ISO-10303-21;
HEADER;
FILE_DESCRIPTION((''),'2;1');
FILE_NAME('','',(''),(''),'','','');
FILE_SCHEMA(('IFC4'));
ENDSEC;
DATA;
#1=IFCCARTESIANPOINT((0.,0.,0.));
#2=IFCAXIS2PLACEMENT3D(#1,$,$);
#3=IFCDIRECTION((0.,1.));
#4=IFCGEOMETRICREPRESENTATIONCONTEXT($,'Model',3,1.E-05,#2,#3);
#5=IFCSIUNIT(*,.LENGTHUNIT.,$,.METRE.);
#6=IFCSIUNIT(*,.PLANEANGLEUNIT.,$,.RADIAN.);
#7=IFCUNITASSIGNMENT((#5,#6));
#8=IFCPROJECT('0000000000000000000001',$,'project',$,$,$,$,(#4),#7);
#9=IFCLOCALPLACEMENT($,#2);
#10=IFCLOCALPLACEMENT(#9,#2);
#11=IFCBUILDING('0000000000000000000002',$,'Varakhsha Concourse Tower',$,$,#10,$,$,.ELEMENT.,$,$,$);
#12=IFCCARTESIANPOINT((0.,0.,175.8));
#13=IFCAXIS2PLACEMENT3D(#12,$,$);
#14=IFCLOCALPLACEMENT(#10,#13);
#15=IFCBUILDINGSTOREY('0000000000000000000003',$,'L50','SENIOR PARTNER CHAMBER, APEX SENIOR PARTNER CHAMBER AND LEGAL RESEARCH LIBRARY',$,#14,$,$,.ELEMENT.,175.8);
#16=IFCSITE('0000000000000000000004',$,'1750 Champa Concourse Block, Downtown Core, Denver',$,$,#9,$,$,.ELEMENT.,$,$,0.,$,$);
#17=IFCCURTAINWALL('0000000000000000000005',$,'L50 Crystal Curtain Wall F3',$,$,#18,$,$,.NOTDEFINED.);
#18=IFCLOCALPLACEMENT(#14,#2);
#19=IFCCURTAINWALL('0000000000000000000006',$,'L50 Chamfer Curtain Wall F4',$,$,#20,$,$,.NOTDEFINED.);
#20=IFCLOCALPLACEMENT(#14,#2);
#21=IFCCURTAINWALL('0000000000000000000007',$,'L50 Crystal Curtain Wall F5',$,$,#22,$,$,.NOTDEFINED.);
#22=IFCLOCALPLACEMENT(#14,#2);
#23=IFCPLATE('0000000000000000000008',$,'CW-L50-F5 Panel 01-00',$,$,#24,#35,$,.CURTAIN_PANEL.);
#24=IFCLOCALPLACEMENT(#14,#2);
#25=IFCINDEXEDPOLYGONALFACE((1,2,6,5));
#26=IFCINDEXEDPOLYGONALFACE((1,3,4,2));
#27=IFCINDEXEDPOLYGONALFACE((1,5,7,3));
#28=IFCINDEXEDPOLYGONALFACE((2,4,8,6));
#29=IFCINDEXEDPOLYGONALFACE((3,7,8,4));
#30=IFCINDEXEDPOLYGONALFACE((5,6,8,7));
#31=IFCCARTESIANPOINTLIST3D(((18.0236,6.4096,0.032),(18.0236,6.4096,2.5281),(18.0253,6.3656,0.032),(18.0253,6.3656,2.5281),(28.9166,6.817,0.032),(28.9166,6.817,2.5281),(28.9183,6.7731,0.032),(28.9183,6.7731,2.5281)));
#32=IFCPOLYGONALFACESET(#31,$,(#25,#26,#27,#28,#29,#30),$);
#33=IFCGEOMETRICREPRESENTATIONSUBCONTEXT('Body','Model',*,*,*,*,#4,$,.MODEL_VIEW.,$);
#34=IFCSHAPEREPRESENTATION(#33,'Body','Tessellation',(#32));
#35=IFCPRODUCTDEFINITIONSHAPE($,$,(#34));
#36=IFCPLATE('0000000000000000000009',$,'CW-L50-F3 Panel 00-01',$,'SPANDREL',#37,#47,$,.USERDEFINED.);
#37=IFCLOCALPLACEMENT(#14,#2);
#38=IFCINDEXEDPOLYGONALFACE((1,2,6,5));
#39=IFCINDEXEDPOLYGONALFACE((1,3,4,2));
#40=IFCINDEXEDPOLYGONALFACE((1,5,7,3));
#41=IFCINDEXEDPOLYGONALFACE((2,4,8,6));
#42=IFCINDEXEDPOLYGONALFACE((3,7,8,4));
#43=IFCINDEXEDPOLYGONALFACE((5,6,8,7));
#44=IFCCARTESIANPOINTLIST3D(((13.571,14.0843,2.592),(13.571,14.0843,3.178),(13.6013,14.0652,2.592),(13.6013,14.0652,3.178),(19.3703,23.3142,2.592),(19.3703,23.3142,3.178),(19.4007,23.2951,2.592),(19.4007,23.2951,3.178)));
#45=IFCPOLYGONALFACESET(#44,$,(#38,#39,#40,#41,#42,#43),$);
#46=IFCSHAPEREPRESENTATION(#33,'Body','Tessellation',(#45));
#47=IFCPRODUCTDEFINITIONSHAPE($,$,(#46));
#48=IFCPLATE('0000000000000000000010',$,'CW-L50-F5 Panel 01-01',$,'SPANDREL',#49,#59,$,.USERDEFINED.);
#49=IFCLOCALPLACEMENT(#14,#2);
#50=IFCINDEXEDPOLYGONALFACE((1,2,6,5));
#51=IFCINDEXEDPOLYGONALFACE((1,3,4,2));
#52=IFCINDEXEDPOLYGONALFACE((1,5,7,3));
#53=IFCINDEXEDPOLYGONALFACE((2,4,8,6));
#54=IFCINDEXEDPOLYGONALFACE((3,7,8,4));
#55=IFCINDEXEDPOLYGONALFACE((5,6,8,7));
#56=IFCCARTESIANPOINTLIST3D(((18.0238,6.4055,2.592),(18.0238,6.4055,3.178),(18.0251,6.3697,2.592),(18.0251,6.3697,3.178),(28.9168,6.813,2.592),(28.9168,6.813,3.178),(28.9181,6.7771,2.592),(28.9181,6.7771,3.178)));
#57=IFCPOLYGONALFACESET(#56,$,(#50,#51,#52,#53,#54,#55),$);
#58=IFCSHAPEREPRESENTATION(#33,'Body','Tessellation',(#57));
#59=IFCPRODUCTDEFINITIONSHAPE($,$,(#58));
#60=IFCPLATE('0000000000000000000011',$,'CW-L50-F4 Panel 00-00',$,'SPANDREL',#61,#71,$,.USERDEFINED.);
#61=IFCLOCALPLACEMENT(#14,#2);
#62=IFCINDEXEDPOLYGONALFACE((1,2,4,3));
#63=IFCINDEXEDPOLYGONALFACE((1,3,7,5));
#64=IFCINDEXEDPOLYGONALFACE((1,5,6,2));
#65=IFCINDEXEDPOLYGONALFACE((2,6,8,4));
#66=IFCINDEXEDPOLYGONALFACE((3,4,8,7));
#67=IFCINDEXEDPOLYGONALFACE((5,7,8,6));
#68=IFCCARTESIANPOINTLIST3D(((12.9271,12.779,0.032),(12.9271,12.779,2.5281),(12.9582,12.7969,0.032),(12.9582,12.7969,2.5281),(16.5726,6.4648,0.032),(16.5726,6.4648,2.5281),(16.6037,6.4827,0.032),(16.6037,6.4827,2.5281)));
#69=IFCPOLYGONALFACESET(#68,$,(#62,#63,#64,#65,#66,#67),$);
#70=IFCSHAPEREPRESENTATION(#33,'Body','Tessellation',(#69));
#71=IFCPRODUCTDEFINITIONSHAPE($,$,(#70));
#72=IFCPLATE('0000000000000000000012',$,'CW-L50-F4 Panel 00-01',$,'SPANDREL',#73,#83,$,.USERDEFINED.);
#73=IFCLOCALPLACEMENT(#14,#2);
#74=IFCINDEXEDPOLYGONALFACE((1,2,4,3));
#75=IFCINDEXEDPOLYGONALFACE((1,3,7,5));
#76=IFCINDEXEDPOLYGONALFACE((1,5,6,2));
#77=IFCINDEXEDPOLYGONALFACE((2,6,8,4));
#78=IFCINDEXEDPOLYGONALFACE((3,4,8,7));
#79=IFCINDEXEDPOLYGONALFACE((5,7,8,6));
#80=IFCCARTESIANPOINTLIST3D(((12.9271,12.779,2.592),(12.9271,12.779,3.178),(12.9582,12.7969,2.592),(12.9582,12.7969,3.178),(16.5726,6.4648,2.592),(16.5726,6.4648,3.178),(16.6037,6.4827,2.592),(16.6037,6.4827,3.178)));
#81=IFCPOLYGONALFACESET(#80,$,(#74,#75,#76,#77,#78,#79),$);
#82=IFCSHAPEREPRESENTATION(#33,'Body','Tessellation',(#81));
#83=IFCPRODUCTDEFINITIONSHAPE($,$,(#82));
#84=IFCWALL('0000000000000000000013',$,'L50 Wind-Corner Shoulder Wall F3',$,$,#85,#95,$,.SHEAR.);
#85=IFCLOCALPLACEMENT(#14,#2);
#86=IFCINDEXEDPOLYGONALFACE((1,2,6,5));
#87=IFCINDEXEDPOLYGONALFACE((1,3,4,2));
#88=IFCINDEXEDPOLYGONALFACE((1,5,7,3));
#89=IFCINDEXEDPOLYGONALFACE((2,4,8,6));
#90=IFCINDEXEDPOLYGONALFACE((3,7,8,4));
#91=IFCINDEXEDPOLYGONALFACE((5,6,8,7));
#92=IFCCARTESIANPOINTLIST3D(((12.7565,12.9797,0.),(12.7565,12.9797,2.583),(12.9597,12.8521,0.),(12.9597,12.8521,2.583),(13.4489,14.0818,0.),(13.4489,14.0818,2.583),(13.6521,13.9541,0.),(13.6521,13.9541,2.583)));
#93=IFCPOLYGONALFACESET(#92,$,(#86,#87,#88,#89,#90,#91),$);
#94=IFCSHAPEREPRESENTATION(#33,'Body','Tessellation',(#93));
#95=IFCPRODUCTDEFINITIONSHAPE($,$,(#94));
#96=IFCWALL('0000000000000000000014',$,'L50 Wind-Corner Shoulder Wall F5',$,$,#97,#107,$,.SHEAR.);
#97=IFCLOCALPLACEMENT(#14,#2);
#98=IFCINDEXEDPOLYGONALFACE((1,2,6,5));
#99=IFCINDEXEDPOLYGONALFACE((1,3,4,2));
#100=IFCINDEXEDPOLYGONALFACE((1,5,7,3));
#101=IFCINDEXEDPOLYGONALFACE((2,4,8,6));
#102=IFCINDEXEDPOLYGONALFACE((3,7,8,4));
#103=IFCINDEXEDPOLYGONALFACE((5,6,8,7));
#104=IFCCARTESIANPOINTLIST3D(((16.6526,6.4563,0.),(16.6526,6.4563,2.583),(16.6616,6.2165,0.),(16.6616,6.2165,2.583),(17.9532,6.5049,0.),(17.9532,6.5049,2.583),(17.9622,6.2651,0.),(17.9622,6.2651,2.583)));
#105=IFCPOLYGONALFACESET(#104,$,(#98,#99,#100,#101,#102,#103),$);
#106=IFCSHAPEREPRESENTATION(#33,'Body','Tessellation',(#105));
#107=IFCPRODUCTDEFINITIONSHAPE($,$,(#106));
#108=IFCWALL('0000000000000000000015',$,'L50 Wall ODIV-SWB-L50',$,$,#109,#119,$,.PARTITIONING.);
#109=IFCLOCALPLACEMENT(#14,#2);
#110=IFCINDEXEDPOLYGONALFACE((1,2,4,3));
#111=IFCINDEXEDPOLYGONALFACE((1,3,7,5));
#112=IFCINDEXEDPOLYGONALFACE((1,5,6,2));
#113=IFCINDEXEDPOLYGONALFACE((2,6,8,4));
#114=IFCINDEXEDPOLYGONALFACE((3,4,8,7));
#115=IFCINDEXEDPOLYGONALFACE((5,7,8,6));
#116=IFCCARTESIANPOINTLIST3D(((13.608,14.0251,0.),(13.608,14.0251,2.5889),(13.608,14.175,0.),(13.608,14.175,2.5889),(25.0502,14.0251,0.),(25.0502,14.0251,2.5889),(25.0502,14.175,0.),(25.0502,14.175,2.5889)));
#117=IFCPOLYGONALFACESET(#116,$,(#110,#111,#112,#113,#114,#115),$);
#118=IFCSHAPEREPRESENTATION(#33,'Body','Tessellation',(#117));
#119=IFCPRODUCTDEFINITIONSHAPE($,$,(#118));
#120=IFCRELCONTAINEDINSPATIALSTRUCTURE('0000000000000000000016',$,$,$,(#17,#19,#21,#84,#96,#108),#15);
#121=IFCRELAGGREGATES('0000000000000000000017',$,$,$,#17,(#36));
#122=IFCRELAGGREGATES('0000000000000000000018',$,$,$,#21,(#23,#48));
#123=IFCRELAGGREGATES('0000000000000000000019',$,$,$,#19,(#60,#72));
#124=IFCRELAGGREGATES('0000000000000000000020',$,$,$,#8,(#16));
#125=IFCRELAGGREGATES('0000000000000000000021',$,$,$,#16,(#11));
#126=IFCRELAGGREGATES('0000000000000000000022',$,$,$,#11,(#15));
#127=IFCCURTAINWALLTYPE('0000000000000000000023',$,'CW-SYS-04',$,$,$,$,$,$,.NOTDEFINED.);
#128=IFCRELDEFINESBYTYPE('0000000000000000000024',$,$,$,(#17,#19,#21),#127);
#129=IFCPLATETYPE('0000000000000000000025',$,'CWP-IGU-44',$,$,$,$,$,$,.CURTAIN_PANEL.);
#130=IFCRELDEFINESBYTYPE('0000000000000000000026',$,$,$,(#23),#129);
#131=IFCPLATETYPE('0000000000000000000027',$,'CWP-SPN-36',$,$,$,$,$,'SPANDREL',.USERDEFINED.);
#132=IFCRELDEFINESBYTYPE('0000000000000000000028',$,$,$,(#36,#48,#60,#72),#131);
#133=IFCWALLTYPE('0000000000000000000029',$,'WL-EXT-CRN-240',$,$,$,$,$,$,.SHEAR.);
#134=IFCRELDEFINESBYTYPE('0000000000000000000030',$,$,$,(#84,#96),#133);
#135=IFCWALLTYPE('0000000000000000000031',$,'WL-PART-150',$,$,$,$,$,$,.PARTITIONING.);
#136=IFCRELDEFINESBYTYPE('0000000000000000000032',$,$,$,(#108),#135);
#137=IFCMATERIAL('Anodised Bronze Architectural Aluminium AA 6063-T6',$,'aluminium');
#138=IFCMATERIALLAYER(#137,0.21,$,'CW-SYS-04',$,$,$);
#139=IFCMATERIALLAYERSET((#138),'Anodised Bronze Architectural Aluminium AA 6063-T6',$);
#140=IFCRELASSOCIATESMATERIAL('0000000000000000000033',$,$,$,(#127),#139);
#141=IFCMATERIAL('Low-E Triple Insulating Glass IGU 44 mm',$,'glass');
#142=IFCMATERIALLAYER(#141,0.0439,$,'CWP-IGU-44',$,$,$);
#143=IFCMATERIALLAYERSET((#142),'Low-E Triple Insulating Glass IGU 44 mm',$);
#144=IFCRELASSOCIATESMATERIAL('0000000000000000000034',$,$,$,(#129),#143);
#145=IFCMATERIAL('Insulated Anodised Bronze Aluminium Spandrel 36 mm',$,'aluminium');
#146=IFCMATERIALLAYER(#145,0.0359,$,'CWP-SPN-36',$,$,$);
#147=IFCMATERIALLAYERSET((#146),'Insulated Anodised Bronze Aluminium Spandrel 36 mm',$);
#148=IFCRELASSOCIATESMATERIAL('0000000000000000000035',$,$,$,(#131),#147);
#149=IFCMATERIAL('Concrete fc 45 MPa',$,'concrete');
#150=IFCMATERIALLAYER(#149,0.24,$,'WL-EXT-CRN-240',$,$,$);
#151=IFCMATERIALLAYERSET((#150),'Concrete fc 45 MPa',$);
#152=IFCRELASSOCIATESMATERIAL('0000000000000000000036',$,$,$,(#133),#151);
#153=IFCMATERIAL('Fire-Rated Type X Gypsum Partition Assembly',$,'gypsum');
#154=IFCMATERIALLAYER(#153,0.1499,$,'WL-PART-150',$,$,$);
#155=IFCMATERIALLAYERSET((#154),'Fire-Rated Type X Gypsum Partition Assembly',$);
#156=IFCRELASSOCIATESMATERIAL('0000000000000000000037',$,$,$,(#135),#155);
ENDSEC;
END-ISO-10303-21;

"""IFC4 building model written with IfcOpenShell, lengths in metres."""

from ifc_helpers import new_model, si_unit, direction, frame, frame_2d, origin, origin_2d, place, context, subcontext, project, spatial, rectangle, extrude, source, transform, mapped, material, layer, layer_set, type_object, type_shapes, element, aggregate, save


model = new_model("IFC4")

# Units and contexts
model_context = context("Model", 3, precision=1e-05, world=origin(), true_north=direction((0.0, 1.0)))
body_context = subcontext(model_context, "Body", "Model", "MODEL_VIEW")
ifc_project = project(units=[si_unit("LENGTHUNIT", "METRE"), si_unit("PLANEANGLEUNIT", "RADIAN")], contexts=[model_context])

# Site, building, storey
site_placement = place(None, origin())
site = spatial("IfcSite", under=ifc_project, at=site_placement, Name="1750 Champa Concourse Block, Downtown Core, Denver", CompositionType="ELEMENT", RefElevation=0.0)
building_placement = place(site_placement, origin())
building = spatial("IfcBuilding", under=site, at=building_placement, Name="Varakhsha Concourse Tower", CompositionType="ELEMENT")
storey_placement = place(building_placement, frame((0.0, 0.0, 175.8)))
storey = spatial("IfcBuildingStorey", under=building, at=storey_placement, Name="L50", Description="SENIOR PARTNER CHAMBER, APEX SENIOR PARTNER CHAMBER AND LEGAL RESEARCH LIBRARY", CompositionType="ELEMENT", Elevation=175.8)

# Curtain walls
ifc_material_1 = material(Name="Anodised Bronze Architectural Aluminium AA 6063-T6", Category="aluminium")
ifc_layer_1 = layer(ifc_material_1, 0.21, Name="CW-SYS-04")
ifc_layer_set_1 = layer_set([ifc_layer_1], Name="Anodised Bronze Architectural Aluminium AA 6063-T6")
curtain_wall_type = type_object("IfcCurtainWallType", Name="CW-SYS-04", PredefinedType="NOTDEFINED", material=ifc_layer_set_1)
curtain_wall_1_placement = place(storey_placement, origin())
curtain_wall_1 = element("IfcCurtainWall", 1, at=curtain_wall_1_placement, inside=storey, type_object=curtain_wall_type, Name="L50 Crystal Curtain Wall F3", PredefinedType="NOTDEFINED")
curtain_wall_2_placement = place(storey_placement, origin())
curtain_wall_2 = element("IfcCurtainWall", 2, at=curtain_wall_2_placement, inside=storey, type_object=curtain_wall_type, Name="L50 Chamfer Curtain Wall F4", PredefinedType="NOTDEFINED")

# Curtain wall
curtain_wall_3_placement = place(storey_placement, origin())
curtain_wall_3 = element("IfcCurtainWall", 3, at=curtain_wall_3_placement, inside=storey, type_object=curtain_wall_type, Name="L50 Crystal Curtain Wall F5", PredefinedType="NOTDEFINED")

# Shared definitions
ifc_material_2 = material(Name="Concrete fc 45 MPa", Category="concrete")

# Plates
ifc_material_3 = material(Name="Low-E Triple Insulating Glass IGU 44 mm", Category="glass")
ifc_layer_2 = layer(ifc_material_3, 0.0439, Name="CWP-IGU-44")
ifc_layer_set_2 = layer_set([ifc_layer_2], Name="Low-E Triple Insulating Glass IGU 44 mm")
plate_type_1 = type_object("IfcPlateType", Name="CWP-IGU-44", PredefinedType="CURTAIN_PANEL", material=ifc_layer_set_2)
shared_shape_1 = source(origin(), body_context, "Body", "SweptSolid", [
    extrude(rectangle(XDim=10.9006, YDim=0.0439, at=origin_2d()), origin(), (0.0, 0.0, 1.0), 2.4961),
])
type_shapes(plate_type_1, [shared_shape_1])
plate_1_placement = place(storey_placement, frame((23.4709, 6.5913, 0.032), z_axis=(0.0, 0.0, 1.0), x_axis=(-0.999301, -0.037376, 0.0)))
plate_1 = element("IfcPlate", 4, at=plate_1_placement, type_object=plate_type_1, Name="CW-L50-F5 Panel 01-00", PredefinedType="CURTAIN_PANEL", context=body_context, shape_type="MappedRepresentation", body=[
    mapped(shared_shape_1, transform((0.0, 0.0, 0.0), scale=1.0)),
])
ifc_material_4 = material(Name="Insulated Anodised Bronze Aluminium Spandrel 36 mm", Category="aluminium")
ifc_layer_3 = layer(ifc_material_4, 0.0359, Name="CWP-SPN-36")
ifc_layer_set_3 = layer_set([ifc_layer_3], Name="Insulated Anodised Bronze Aluminium Spandrel 36 mm")
plate_type_2 = type_object("IfcPlateType", Name="CWP-SPN-36", ElementType="SPANDREL", PredefinedType="USERDEFINED", material=ifc_layer_set_3)
shared_shape_2 = source(origin(), body_context, "Body", "SweptSolid", [
    extrude(rectangle(XDim=10.9006, YDim=0.0359, at=origin_2d()), origin(), (0.0, 0.0, 1.0), 0.5859),
])
plate_2_placement = place(storey_placement, frame((16.4858, 18.6897, 2.592), z_axis=(0.0, 0.0, 1.0), x_axis=(0.532022, 0.84673, 0.0)))
plate_2 = element("IfcPlate", 5, at=plate_2_placement, type_object=plate_type_2, Name="CW-L50-F3 Panel 00-01", ObjectType="SPANDREL", PredefinedType="USERDEFINED", context=body_context, shape_type="MappedRepresentation", body=[
    mapped(shared_shape_2, transform((0.0, 0.0, 0.0), scale=1.0)),
])
aggregate(curtain_wall_1, [plate_2])
plate_3_placement = place(storey_placement, frame((23.4709, 6.5913, 2.592), z_axis=(0.0, 0.0, 1.0), x_axis=(-0.999301, -0.037376, 0.0)))
plate_3 = element("IfcPlate", 6, at=plate_3_placement, type_object=plate_type_2, Name="CW-L50-F5 Panel 01-01", ObjectType="SPANDREL", PredefinedType="USERDEFINED", context=body_context, shape_type="MappedRepresentation", body=[
    mapped(shared_shape_2, transform((0.0, 0.0, 0.0), scale=1.0)),
])
aggregate(curtain_wall_3, [plate_1, plate_3])
shared_shape_3 = source(origin(), body_context, "Body", "SweptSolid", [
    extrude(rectangle(XDim=7.291, YDim=0.0359, at=origin_2d()), origin(), (0.0, 0.0, 1.0), 2.4961),
])
plate_4_placement = place(storey_placement, frame((14.7654, 9.6309, 0.032), z_axis=(0.0, 0.0, 1.0), x_axis=(-0.499997, 0.866027, 0.0)))
plate_4 = element("IfcPlate", 7, at=plate_4_placement, type_object=plate_type_2, Name="CW-L50-F4 Panel 00-00", ObjectType="SPANDREL", PredefinedType="USERDEFINED", context=body_context, shape_type="MappedRepresentation", body=[
    mapped(shared_shape_3, transform((0.0, 0.0, 0.0), scale=1.0)),
])
shared_shape_4 = source(origin(), body_context, "Body", "SweptSolid", [
    extrude(rectangle(XDim=7.291, YDim=0.0359, at=origin_2d()), origin(), (0.0, 0.0, 1.0), 0.5859),
])
type_shapes(plate_type_2, [shared_shape_2, shared_shape_3, shared_shape_4])
plate_5_placement = place(storey_placement, frame((14.7654, 9.6309, 2.592), z_axis=(0.0, 0.0, 1.0), x_axis=(-0.499997, 0.866027, 0.0)))
plate_5 = element("IfcPlate", 8, at=plate_5_placement, type_object=plate_type_2, Name="CW-L50-F4 Panel 00-01", ObjectType="SPANDREL", PredefinedType="USERDEFINED", context=body_context, shape_type="MappedRepresentation", body=[
    mapped(shared_shape_4, transform((0.0, 0.0, 0.0), scale=1.0)),
])
aggregate(curtain_wall_2, [plate_4, plate_5])

# Walls
ifc_layer_4 = layer(ifc_material_2, 0.24, Name="WL-EXT-CRN-240")
ifc_layer_set_4 = layer_set([ifc_layer_4], Name="Concrete fc 45 MPa")
wall_type_1 = type_object("IfcWallType", Name="WL-EXT-CRN-240", PredefinedType="SHEAR", material=ifc_layer_set_4)
for number, where, z_axis, x_axis, name in (
    (9, (13.5505, 14.0181, 0.0), (0.0, 0.0, 1.0), (-0.531987, -0.846752, 0.0), "L50 Wind-Corner Shoulder Wall F3"),
    (10, (16.657, 6.3364, 0.0), (0.0, 0.0, 1.0), (0.999303, 0.037331, 0.0), "L50 Wind-Corner Shoulder Wall F5"),
):
    element("IfcWall", number, at=place(storey_placement, frame(where, z_axis=z_axis, x_axis=x_axis)), inside=storey, type_object=wall_type_1, Name=name, PredefinedType="SHEAR", context=body_context, shape_type="SweptSolid", body=[
        extrude(rectangle(XDim=1.3015, YDim=0.24, at=frame_2d((0.6509, 0.0))), origin(), (0.0, 0.0, 1.0), 2.583),
    ])
ifc_material_5 = material(Name="Fire-Rated Type X Gypsum Partition Assembly", Category="gypsum")
ifc_layer_5 = layer(ifc_material_5, 0.1499, Name="WL-PART-150")
ifc_layer_set_5 = layer_set([ifc_layer_5], Name="Fire-Rated Type X Gypsum Partition Assembly")
wall_type_2 = type_object("IfcWallType", Name="WL-PART-150", PredefinedType="PARTITIONING", material=ifc_layer_set_5)
wall_placement = place(storey_placement, frame((13.6079, 14.1001, 0.0), z_axis=(0.0, 0.0, 1.0), x_axis=(1.0, 0.0, 0.0)))
element("IfcWall", 11, at=wall_placement, inside=storey, type_object=wall_type_2, Name="L50 Wall ODIV-SWB-L50", PredefinedType="PARTITIONING", context=body_context, shape_type="SweptSolid", body=[
    extrude(rectangle(XDim=11.4421, YDim=0.1499, at=frame_2d((5.7212, 0.0))), origin(), (0.0, 0.0, 1.0), 2.5889),
])

save(model, "model.ifc")
